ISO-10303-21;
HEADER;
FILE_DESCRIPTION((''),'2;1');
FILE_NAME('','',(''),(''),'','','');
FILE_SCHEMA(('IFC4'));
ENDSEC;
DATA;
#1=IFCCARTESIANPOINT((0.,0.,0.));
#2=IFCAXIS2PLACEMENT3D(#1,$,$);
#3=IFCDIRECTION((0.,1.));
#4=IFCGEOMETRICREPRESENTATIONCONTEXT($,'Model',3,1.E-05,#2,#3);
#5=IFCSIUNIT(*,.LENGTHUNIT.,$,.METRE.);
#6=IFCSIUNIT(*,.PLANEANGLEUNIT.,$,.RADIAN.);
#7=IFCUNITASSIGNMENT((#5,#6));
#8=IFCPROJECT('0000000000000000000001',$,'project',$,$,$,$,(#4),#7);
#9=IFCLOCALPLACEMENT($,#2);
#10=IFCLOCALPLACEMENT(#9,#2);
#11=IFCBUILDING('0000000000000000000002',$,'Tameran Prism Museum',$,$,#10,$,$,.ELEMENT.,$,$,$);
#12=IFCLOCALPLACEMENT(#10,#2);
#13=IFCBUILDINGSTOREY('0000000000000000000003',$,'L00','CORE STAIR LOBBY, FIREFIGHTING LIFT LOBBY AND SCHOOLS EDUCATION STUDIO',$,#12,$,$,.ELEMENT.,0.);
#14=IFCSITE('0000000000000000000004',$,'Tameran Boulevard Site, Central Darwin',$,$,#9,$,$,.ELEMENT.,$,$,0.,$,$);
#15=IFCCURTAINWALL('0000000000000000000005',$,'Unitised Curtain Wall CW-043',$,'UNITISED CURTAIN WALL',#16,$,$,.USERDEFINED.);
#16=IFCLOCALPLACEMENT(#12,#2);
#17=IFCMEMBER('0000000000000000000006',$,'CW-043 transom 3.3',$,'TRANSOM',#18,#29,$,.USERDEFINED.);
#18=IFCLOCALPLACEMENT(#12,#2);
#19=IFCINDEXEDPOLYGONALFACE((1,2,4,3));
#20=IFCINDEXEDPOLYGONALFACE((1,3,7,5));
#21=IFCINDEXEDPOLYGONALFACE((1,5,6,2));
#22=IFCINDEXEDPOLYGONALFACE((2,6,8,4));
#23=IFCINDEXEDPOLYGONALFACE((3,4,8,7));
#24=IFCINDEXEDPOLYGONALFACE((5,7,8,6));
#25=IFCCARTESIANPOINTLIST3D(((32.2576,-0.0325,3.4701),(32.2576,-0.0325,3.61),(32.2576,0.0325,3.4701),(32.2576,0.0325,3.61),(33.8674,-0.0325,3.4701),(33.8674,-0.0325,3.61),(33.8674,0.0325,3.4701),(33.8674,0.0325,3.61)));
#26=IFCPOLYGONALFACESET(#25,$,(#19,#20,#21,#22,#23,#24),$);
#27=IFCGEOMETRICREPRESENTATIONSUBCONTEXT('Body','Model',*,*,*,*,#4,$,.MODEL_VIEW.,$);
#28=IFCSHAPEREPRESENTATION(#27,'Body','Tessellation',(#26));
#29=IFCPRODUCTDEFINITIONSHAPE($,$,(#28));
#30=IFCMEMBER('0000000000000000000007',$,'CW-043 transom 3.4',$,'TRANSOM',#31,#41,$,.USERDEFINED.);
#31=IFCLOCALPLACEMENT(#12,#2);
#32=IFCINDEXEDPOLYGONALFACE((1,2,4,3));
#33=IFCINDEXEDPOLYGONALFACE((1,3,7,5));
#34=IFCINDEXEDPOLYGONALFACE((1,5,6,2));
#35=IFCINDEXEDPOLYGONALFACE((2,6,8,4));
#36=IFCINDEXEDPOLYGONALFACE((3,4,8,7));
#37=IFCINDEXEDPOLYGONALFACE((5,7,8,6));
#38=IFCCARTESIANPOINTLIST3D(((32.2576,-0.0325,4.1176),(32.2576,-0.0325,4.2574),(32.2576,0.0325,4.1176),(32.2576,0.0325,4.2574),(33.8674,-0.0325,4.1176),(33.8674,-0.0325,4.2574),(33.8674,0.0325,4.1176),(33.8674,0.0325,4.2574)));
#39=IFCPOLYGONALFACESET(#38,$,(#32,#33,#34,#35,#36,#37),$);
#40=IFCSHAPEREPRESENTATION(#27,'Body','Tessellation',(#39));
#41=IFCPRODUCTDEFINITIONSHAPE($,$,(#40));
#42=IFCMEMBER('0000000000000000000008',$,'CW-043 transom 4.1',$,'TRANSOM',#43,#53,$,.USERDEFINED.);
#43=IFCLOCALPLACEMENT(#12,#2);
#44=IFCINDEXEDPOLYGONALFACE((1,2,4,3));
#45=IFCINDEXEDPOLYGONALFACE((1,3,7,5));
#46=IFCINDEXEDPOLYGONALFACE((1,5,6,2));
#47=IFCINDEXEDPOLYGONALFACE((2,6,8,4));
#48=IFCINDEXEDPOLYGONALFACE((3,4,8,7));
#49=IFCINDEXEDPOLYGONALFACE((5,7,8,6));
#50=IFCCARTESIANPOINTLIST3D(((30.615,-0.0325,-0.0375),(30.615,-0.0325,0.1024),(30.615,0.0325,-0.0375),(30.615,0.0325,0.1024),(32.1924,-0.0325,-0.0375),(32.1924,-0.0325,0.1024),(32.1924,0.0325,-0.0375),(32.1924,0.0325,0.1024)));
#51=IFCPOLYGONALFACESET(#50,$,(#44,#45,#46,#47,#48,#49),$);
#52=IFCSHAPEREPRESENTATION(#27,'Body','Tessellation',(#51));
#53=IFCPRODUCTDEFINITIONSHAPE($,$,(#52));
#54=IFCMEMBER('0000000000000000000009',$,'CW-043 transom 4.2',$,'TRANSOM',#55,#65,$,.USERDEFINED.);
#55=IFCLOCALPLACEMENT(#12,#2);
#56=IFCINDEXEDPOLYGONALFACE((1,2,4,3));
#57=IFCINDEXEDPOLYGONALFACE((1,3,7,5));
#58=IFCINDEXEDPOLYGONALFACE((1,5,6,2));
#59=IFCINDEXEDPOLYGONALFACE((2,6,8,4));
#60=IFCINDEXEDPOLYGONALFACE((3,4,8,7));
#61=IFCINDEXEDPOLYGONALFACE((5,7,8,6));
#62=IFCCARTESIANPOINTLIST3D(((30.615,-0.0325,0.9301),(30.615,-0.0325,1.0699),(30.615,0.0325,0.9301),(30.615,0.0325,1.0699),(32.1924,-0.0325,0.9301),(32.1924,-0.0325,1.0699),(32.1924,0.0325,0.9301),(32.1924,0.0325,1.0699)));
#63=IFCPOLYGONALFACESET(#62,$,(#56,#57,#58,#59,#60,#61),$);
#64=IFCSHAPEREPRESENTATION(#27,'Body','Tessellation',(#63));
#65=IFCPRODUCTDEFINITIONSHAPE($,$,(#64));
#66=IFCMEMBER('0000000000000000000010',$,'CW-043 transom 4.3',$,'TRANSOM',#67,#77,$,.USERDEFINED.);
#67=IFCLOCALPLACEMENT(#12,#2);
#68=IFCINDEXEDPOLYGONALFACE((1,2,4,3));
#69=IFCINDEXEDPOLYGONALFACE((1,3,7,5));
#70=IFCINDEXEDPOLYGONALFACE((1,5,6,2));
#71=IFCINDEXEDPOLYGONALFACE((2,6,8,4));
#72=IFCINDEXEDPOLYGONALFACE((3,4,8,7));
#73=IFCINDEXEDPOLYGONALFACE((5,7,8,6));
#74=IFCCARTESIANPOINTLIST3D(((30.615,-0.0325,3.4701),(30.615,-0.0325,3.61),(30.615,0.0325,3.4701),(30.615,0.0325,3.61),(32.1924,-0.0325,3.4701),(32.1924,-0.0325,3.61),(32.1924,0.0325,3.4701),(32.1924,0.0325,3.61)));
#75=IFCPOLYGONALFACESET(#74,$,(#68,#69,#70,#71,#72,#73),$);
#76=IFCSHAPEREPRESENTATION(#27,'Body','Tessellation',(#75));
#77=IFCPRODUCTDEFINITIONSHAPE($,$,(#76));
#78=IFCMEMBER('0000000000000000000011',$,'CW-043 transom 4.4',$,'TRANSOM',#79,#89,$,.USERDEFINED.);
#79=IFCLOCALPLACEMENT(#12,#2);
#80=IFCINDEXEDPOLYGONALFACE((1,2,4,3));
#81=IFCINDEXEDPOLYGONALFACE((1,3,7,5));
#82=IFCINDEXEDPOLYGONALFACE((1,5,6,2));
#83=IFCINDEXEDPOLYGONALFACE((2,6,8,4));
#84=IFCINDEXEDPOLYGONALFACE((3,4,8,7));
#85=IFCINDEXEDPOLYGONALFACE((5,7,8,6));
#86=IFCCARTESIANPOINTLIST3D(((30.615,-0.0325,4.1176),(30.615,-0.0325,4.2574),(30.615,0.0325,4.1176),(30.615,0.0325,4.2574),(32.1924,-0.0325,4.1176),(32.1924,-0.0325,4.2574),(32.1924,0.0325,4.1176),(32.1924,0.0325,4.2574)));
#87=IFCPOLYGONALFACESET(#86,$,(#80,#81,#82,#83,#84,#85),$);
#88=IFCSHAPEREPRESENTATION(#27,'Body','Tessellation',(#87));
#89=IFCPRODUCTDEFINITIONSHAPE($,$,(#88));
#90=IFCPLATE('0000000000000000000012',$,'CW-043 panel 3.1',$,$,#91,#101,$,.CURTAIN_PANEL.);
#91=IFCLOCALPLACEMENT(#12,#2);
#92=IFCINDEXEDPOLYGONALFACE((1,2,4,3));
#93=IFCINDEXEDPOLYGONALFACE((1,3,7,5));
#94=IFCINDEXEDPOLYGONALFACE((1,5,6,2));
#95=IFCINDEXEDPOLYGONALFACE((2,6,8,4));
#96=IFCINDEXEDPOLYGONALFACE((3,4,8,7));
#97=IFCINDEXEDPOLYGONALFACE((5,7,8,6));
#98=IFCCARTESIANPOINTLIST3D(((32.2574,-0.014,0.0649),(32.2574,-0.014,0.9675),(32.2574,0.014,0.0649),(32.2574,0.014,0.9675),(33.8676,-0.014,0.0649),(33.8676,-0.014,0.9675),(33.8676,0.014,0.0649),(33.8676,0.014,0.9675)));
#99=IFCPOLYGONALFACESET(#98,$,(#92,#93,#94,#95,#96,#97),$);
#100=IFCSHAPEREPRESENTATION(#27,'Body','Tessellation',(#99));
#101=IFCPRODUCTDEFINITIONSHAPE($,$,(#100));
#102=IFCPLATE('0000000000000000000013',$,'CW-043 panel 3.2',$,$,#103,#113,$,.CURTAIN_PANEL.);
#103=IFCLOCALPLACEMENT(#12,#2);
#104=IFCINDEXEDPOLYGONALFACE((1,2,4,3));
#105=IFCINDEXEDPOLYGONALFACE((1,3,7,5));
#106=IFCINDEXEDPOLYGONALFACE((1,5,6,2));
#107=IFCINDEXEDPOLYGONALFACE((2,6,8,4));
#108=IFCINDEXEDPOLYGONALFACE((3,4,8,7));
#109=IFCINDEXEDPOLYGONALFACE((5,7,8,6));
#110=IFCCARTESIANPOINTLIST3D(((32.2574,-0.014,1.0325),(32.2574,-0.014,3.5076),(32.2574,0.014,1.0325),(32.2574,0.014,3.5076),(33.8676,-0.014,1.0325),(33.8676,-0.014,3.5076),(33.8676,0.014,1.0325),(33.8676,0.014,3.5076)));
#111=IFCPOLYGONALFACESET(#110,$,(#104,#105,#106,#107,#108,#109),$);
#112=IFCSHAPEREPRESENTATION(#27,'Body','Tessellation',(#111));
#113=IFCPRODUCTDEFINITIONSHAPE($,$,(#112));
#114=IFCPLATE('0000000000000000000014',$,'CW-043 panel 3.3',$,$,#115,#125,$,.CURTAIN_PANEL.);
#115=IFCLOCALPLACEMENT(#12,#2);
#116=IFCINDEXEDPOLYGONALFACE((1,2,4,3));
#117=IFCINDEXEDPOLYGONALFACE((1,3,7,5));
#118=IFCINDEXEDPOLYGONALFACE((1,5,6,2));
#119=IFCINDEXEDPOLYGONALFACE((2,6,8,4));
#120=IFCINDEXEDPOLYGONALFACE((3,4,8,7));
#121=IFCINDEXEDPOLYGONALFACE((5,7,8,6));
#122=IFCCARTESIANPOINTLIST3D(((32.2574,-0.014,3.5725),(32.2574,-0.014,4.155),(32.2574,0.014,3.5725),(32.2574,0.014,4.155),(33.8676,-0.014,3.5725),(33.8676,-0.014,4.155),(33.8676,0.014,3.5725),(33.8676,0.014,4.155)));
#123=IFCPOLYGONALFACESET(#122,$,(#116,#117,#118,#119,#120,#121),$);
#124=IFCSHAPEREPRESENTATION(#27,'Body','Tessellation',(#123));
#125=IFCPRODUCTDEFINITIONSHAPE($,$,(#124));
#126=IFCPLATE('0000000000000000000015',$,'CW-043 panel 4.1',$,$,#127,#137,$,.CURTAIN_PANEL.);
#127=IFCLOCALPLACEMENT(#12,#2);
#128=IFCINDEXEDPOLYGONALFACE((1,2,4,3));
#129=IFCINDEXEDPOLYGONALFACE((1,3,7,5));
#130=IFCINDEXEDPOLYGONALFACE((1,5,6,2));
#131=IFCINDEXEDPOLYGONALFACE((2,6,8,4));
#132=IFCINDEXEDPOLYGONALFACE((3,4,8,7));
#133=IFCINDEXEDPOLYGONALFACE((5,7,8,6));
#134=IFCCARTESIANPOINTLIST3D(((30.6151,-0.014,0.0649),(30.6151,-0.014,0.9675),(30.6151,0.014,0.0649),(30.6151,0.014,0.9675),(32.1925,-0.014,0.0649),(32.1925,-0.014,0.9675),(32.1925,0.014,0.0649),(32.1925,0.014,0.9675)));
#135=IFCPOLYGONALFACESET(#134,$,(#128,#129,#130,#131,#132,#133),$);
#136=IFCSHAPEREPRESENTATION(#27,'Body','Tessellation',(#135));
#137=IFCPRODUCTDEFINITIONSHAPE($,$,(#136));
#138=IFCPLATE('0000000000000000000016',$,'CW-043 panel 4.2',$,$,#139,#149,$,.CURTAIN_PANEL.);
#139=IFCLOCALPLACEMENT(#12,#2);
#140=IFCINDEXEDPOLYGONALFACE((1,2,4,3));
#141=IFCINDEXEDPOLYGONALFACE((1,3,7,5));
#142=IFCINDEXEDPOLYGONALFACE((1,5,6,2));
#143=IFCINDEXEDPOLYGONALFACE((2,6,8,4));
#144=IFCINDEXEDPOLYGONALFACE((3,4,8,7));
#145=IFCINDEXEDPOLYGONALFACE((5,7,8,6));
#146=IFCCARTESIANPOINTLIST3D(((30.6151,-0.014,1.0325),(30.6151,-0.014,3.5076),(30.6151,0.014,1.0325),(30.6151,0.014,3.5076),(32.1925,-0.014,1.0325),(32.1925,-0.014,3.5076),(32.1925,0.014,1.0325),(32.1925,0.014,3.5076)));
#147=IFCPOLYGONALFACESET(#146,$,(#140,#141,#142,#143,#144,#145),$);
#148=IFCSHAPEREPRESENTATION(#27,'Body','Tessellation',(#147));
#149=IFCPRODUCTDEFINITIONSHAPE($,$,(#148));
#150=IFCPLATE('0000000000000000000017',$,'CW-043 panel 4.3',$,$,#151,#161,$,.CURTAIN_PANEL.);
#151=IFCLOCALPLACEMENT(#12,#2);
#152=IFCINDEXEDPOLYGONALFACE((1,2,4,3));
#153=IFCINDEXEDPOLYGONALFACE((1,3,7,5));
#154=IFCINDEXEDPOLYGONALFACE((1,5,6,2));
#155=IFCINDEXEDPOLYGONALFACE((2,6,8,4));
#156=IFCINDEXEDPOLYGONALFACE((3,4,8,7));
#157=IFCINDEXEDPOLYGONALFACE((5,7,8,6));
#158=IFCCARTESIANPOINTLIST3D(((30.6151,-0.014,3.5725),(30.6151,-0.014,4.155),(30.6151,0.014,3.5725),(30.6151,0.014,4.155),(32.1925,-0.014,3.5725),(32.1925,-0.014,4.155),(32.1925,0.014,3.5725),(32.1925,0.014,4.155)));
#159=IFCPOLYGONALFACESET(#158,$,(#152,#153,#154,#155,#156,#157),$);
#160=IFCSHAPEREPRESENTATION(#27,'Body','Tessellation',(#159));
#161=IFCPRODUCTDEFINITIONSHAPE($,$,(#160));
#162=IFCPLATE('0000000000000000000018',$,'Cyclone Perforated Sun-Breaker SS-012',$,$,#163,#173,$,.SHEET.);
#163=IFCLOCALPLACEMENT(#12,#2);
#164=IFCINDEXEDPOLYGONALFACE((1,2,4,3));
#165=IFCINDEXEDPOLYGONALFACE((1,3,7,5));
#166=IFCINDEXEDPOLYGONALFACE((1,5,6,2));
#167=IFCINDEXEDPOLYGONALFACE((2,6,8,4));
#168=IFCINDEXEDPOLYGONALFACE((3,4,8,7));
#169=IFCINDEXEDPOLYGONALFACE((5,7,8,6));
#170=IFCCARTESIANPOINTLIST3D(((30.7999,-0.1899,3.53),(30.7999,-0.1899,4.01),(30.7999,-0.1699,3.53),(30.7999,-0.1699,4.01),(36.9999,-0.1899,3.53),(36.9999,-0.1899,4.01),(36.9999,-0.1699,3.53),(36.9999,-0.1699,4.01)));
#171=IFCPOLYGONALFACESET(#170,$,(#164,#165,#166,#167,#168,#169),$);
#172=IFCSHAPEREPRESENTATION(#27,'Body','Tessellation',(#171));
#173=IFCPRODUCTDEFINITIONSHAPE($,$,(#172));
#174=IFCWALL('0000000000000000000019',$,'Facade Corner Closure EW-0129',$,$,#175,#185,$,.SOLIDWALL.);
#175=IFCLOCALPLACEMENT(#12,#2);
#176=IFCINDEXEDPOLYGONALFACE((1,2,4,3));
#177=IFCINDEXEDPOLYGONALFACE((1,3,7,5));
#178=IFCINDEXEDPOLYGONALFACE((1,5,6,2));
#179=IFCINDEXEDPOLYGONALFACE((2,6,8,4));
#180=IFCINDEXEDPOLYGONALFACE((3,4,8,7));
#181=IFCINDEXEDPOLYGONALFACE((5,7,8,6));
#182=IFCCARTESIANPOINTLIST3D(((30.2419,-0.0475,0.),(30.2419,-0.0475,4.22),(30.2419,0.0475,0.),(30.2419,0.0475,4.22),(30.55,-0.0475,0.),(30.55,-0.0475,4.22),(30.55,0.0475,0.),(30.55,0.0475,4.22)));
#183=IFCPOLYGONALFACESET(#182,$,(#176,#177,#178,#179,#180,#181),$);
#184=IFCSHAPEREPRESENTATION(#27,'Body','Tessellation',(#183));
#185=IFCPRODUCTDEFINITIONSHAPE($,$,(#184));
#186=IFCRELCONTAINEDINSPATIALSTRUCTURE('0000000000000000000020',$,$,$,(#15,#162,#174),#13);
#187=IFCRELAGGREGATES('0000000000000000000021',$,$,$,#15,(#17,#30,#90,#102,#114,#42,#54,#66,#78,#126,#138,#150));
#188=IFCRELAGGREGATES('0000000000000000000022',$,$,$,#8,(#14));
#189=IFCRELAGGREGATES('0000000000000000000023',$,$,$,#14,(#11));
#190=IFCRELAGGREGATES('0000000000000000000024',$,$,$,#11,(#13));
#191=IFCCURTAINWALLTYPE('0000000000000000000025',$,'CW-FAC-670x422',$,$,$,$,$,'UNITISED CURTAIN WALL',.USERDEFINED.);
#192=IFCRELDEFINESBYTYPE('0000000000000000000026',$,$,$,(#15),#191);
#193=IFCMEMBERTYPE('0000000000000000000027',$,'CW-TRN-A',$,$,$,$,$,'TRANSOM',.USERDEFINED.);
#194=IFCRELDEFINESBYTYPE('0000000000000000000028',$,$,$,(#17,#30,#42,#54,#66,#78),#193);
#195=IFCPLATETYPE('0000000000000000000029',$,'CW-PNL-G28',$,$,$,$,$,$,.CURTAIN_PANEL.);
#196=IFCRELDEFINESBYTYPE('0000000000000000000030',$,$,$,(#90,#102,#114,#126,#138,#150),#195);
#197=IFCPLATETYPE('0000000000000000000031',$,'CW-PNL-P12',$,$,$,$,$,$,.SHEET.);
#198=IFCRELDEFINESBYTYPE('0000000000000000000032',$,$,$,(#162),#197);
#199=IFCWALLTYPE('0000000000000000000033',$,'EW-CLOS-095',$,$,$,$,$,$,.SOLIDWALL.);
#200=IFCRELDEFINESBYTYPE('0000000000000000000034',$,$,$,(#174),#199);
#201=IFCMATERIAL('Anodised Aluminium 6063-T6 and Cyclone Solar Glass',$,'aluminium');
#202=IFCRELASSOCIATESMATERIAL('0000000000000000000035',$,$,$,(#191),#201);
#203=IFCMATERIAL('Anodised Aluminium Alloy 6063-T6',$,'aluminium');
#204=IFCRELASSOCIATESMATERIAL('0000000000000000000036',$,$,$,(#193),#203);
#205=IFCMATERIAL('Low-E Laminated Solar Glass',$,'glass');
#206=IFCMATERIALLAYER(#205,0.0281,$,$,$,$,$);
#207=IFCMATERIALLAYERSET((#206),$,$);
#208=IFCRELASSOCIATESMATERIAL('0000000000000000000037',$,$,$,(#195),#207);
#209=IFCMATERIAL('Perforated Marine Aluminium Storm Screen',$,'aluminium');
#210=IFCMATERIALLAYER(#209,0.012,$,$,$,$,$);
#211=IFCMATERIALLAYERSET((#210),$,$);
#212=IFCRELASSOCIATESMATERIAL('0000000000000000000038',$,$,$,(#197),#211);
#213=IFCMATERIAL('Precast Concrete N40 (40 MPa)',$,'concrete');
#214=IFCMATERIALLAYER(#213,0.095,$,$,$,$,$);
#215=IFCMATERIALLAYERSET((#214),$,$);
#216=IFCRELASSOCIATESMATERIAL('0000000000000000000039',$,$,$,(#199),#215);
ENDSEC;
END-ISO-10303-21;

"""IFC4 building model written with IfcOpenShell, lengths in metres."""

from ifc_helpers import new_model, si_unit, direction, frame, frame_2d, origin, origin_2d, place, context, subcontext, project, spatial, rectangle, extrude, material, layer, layer_set, material_profile, profile_set, type_object, element, aggregate, save


model = new_model("IFC4")

# Units and contexts
model_context = context("Model", 3, precision=1e-05, world=origin(), true_north=direction((0.0, 1.0)))
body_context = subcontext(model_context, "Body", "Model", "MODEL_VIEW")
ifc_project = project(units=[si_unit("LENGTHUNIT", "METRE"), si_unit("PLANEANGLEUNIT", "RADIAN")], contexts=[model_context])

# Site, building, storey
site_placement = place(None, origin())
site = spatial("IfcSite", under=ifc_project, at=site_placement, Name="Tameran Boulevard Site, Central Darwin", CompositionType="ELEMENT", RefElevation=0.0)
building_placement = place(site_placement, origin())
building = spatial("IfcBuilding", under=site, at=building_placement, Name="Tameran Prism Museum", CompositionType="ELEMENT")
storey_placement = place(building_placement, origin())
storey = spatial("IfcBuildingStorey", under=building, at=storey_placement, Name="L00", Description="CORE STAIR LOBBY, FIREFIGHTING LIFT LOBBY AND SCHOOLS EDUCATION STUDIO", CompositionType="ELEMENT", Elevation=0.0)

# Curtain wall, members, plates
ifc_material_1 = material(Name="Anodised Aluminium 6063-T6 and Cyclone Solar Glass", Category="aluminium")
curtain_wall_type = type_object("IfcCurtainWallType", Name="CW-FAC-670x422", ElementType="UNITISED CURTAIN WALL", PredefinedType="USERDEFINED", material=ifc_material_1)
curtain_wall_placement = place(storey_placement, origin())
curtain_wall = element("IfcCurtainWall", 1, at=curtain_wall_placement, inside=storey, type_object=curtain_wall_type, Name="Unitised Curtain Wall CW-043", ObjectType="UNITISED CURTAIN WALL", PredefinedType="USERDEFINED")
ifc_material_2 = material(Name="Anodised Aluminium Alloy 6063-T6", Category="aluminium")
ifc_material_profile_1 = material_profile(ifc_material_2, rectangle(XDim=0.0649, YDim=0.1399, at=origin_2d()))
ifc_profile_set_1 = profile_set([ifc_material_profile_1])
member_type_1 = type_object("IfcMemberType", Name="CW-TRN-A", ElementType="TRANSOM", PredefinedType="USERDEFINED", material=ifc_profile_set_1)
member_1_placement = place(storey_placement, frame((33.8674, 0.0, 3.54), z_axis=(-1.0, 0.0, 0.0), x_axis=(0.0, -1.0, 0.0)))
member_1 = element("IfcMember", 2, at=member_1_placement, type_object=member_type_1, Name="CW-043 transom 3.3", ObjectType="TRANSOM", PredefinedType="USERDEFINED", context=body_context, shape_type="SweptSolid", body=[
    extrude(rectangle(XDim=0.0649, YDim=0.1399, at=origin_2d()), origin(), (0.0, 0.0, 1.0), 1.6099),
])
member_2_placement = place(storey_placement, frame((33.8674, 0.0, 4.1875), z_axis=(-1.0, 0.0, 0.0), x_axis=(0.0, -1.0, 0.0)))
member_2 = element("IfcMember", 3, at=member_2_placement, type_object=member_type_1, Name="CW-043 transom 3.4", ObjectType="TRANSOM", PredefinedType="USERDEFINED", context=body_context, shape_type="SweptSolid", body=[
    extrude(rectangle(XDim=0.0649, YDim=0.1399, at=origin_2d()), origin(), (0.0, 0.0, 1.0), 1.6099),
])
member_3_placement = place(storey_placement, frame((32.1924, 0.0, 0.0325), z_axis=(-1.0, 0.0, 0.0), x_axis=(0.0, -1.0, 0.0)))
member_3 = element("IfcMember", 4, at=member_3_placement, type_object=member_type_1, Name="CW-043 transom 4.1", ObjectType="TRANSOM", PredefinedType="USERDEFINED", context=body_context, shape_type="SweptSolid", body=[
    extrude(rectangle(XDim=0.0649, YDim=0.1399, at=origin_2d()), origin(), (0.0, 0.0, 1.0), 1.5774),
])
member_4_placement = place(storey_placement, frame((32.1924, 0.0, 1.0), z_axis=(-1.0, 0.0, 0.0), x_axis=(0.0, -1.0, 0.0)))
member_4 = element("IfcMember", 5, at=member_4_placement, type_object=member_type_1, Name="CW-043 transom 4.2", ObjectType="TRANSOM", PredefinedType="USERDEFINED", context=body_context, shape_type="SweptSolid", body=[
    extrude(rectangle(XDim=0.0649, YDim=0.1399, at=origin_2d()), origin(), (0.0, 0.0, 1.0), 1.5774),
])
member_5_placement = place(storey_placement, frame((32.1924, 0.0, 3.54), z_axis=(-1.0, 0.0, 0.0), x_axis=(0.0, -1.0, 0.0)))
member_5 = element("IfcMember", 6, at=member_5_placement, type_object=member_type_1, Name="CW-043 transom 4.3", ObjectType="TRANSOM", PredefinedType="USERDEFINED", context=body_context, shape_type="SweptSolid", body=[
    extrude(rectangle(XDim=0.0649, YDim=0.1399, at=origin_2d()), origin(), (0.0, 0.0, 1.0), 1.5774),
])
member_6_placement = place(storey_placement, frame((32.1924, 0.0, 4.1875), z_axis=(-1.0, 0.0, 0.0), x_axis=(0.0, -1.0, 0.0)))
member_6 = element("IfcMember", 7, at=member_6_placement, type_object=member_type_1, Name="CW-043 transom 4.4", ObjectType="TRANSOM", PredefinedType="USERDEFINED", context=body_context, shape_type="SweptSolid", body=[
    extrude(rectangle(XDim=0.0649, YDim=0.1399, at=origin_2d()), origin(), (0.0, 0.0, 1.0), 1.5774),
])
ifc_material_3 = material(Name="Low-E Laminated Solar Glass", Category="glass")
ifc_layer_1 = layer(ifc_material_3, 0.0281)
ifc_layer_set_1 = layer_set([ifc_layer_1])
plate_type_1 = type_object("IfcPlateType", Name="CW-PNL-G28", PredefinedType="CURTAIN_PANEL", material=ifc_layer_set_1)
plate_1_placement = place(storey_placement, frame((33.0625, 0.0, 0.0649), z_axis=(0.0, 0.0, 1.0), x_axis=(-1.0, 0.0, 0.0)))
plate_1 = element("IfcPlate", 8, at=plate_1_placement, type_object=plate_type_1, Name="CW-043 panel 3.1", PredefinedType="CURTAIN_PANEL", context=body_context, shape_type="SweptSolid", body=[
    extrude(rectangle(XDim=1.6101, YDim=0.0281, at=origin_2d()), origin(), (0.0, 0.0, 1.0), 0.9026),
])
plate_2_placement = place(storey_placement, frame((33.0625, 0.0, 1.0325), z_axis=(0.0, 0.0, 1.0), x_axis=(-1.0, 0.0, 0.0)))
plate_2 = element("IfcPlate", 9, at=plate_2_placement, type_object=plate_type_1, Name="CW-043 panel 3.2", PredefinedType="CURTAIN_PANEL", context=body_context, shape_type="SweptSolid", body=[
    extrude(rectangle(XDim=1.6101, YDim=0.0281, at=origin_2d()), origin(), (0.0, 0.0, 1.0), 2.4751),
])
plate_3_placement = place(storey_placement, frame((33.0625, 0.0, 3.5725), z_axis=(0.0, 0.0, 1.0), x_axis=(-1.0, 0.0, 0.0)))
plate_3 = element("IfcPlate", 10, at=plate_3_placement, type_object=plate_type_1, Name="CW-043 panel 3.3", PredefinedType="CURTAIN_PANEL", context=body_context, shape_type="SweptSolid", body=[
    extrude(rectangle(XDim=1.6101, YDim=0.0281, at=origin_2d()), origin(), (0.0, 0.0, 1.0), 0.5825),
])
plate_4_placement = place(storey_placement, frame((31.4038, 0.0, 0.0649), z_axis=(0.0, 0.0, 1.0), x_axis=(-1.0, 0.0, 0.0)))
plate_4 = element("IfcPlate", 11, at=plate_4_placement, type_object=plate_type_1, Name="CW-043 panel 4.1", PredefinedType="CURTAIN_PANEL", context=body_context, shape_type="SweptSolid", body=[
    extrude(rectangle(XDim=1.5774, YDim=0.0281, at=origin_2d()), origin(), (0.0, 0.0, 1.0), 0.9026),
])
plate_5_placement = place(storey_placement, frame((31.4038, 0.0, 1.0325), z_axis=(0.0, 0.0, 1.0), x_axis=(-1.0, 0.0, 0.0)))
plate_5 = element("IfcPlate", 12, at=plate_5_placement, type_object=plate_type_1, Name="CW-043 panel 4.2", PredefinedType="CURTAIN_PANEL", context=body_context, shape_type="SweptSolid", body=[
    extrude(rectangle(XDim=1.5774, YDim=0.0281, at=origin_2d()), origin(), (0.0, 0.0, 1.0), 2.4751),
])
plate_6_placement = place(storey_placement, frame((31.4038, 0.0, 3.5725), z_axis=(0.0, 0.0, 1.0), x_axis=(-1.0, 0.0, 0.0)))
plate_6 = element("IfcPlate", 13, at=plate_6_placement, type_object=plate_type_1, Name="CW-043 panel 4.3", PredefinedType="CURTAIN_PANEL", context=body_context, shape_type="SweptSolid", body=[
    extrude(rectangle(XDim=1.5774, YDim=0.0281, at=origin_2d()), origin(), (0.0, 0.0, 1.0), 0.5825),
])
aggregate(curtain_wall, [member_1, member_2, plate_1, plate_2, plate_3, member_3, member_4, member_5, member_6, plate_4, plate_5, plate_6])

# Plate
ifc_material_4 = material(Name="Perforated Marine Aluminium Storm Screen", Category="aluminium")
ifc_layer_2 = layer(ifc_material_4, 0.012)
ifc_layer_set_2 = layer_set([ifc_layer_2])
plate_type_2 = type_object("IfcPlateType", Name="CW-PNL-P12", PredefinedType="SHEET", material=ifc_layer_set_2)
plate_7_placement = place(storey_placement, frame((33.8999, -0.1799, 3.53), z_axis=(0.0, 0.0, 1.0), x_axis=(-1.0, 0.0, 0.0)))
element("IfcPlate", 14, at=plate_7_placement, inside=storey, type_object=plate_type_2, Name="Cyclone Perforated Sun-Breaker SS-012", PredefinedType="SHEET", context=body_context, shape_type="SweptSolid", body=[
    extrude(rectangle(XDim=6.2, YDim=0.02, at=origin_2d()), origin(), (0.0, 0.0, 1.0), 0.48),
])

# Wall
ifc_material_5 = material(Name="Precast Concrete N40 (40 MPa)", Category="concrete")
ifc_layer_3 = layer(ifc_material_5, 0.095)
ifc_layer_set_3 = layer_set([ifc_layer_3])
wall_type_1 = type_object("IfcWallType", Name="EW-CLOS-095", PredefinedType="SOLIDWALL", material=ifc_layer_set_3)
wall_1_placement = place(storey_placement, frame((30.55, 0.0, 0.0), z_axis=(0.0, 0.0, 1.0), x_axis=(-1.0, 0.0, 0.0)))
element("IfcWall", 15, at=wall_1_placement, inside=storey, type_object=wall_type_1, Name="Facade Corner Closure EW-0129", PredefinedType="SOLIDWALL", context=body_context, shape_type="SweptSolid", body=[
    extrude(rectangle(XDim=0.3081, YDim=0.095, at=frame_2d((0.1541, 0.0))), origin(), (0.0, 0.0, 1.0), 4.22),
])

save(model, "model.ifc")
